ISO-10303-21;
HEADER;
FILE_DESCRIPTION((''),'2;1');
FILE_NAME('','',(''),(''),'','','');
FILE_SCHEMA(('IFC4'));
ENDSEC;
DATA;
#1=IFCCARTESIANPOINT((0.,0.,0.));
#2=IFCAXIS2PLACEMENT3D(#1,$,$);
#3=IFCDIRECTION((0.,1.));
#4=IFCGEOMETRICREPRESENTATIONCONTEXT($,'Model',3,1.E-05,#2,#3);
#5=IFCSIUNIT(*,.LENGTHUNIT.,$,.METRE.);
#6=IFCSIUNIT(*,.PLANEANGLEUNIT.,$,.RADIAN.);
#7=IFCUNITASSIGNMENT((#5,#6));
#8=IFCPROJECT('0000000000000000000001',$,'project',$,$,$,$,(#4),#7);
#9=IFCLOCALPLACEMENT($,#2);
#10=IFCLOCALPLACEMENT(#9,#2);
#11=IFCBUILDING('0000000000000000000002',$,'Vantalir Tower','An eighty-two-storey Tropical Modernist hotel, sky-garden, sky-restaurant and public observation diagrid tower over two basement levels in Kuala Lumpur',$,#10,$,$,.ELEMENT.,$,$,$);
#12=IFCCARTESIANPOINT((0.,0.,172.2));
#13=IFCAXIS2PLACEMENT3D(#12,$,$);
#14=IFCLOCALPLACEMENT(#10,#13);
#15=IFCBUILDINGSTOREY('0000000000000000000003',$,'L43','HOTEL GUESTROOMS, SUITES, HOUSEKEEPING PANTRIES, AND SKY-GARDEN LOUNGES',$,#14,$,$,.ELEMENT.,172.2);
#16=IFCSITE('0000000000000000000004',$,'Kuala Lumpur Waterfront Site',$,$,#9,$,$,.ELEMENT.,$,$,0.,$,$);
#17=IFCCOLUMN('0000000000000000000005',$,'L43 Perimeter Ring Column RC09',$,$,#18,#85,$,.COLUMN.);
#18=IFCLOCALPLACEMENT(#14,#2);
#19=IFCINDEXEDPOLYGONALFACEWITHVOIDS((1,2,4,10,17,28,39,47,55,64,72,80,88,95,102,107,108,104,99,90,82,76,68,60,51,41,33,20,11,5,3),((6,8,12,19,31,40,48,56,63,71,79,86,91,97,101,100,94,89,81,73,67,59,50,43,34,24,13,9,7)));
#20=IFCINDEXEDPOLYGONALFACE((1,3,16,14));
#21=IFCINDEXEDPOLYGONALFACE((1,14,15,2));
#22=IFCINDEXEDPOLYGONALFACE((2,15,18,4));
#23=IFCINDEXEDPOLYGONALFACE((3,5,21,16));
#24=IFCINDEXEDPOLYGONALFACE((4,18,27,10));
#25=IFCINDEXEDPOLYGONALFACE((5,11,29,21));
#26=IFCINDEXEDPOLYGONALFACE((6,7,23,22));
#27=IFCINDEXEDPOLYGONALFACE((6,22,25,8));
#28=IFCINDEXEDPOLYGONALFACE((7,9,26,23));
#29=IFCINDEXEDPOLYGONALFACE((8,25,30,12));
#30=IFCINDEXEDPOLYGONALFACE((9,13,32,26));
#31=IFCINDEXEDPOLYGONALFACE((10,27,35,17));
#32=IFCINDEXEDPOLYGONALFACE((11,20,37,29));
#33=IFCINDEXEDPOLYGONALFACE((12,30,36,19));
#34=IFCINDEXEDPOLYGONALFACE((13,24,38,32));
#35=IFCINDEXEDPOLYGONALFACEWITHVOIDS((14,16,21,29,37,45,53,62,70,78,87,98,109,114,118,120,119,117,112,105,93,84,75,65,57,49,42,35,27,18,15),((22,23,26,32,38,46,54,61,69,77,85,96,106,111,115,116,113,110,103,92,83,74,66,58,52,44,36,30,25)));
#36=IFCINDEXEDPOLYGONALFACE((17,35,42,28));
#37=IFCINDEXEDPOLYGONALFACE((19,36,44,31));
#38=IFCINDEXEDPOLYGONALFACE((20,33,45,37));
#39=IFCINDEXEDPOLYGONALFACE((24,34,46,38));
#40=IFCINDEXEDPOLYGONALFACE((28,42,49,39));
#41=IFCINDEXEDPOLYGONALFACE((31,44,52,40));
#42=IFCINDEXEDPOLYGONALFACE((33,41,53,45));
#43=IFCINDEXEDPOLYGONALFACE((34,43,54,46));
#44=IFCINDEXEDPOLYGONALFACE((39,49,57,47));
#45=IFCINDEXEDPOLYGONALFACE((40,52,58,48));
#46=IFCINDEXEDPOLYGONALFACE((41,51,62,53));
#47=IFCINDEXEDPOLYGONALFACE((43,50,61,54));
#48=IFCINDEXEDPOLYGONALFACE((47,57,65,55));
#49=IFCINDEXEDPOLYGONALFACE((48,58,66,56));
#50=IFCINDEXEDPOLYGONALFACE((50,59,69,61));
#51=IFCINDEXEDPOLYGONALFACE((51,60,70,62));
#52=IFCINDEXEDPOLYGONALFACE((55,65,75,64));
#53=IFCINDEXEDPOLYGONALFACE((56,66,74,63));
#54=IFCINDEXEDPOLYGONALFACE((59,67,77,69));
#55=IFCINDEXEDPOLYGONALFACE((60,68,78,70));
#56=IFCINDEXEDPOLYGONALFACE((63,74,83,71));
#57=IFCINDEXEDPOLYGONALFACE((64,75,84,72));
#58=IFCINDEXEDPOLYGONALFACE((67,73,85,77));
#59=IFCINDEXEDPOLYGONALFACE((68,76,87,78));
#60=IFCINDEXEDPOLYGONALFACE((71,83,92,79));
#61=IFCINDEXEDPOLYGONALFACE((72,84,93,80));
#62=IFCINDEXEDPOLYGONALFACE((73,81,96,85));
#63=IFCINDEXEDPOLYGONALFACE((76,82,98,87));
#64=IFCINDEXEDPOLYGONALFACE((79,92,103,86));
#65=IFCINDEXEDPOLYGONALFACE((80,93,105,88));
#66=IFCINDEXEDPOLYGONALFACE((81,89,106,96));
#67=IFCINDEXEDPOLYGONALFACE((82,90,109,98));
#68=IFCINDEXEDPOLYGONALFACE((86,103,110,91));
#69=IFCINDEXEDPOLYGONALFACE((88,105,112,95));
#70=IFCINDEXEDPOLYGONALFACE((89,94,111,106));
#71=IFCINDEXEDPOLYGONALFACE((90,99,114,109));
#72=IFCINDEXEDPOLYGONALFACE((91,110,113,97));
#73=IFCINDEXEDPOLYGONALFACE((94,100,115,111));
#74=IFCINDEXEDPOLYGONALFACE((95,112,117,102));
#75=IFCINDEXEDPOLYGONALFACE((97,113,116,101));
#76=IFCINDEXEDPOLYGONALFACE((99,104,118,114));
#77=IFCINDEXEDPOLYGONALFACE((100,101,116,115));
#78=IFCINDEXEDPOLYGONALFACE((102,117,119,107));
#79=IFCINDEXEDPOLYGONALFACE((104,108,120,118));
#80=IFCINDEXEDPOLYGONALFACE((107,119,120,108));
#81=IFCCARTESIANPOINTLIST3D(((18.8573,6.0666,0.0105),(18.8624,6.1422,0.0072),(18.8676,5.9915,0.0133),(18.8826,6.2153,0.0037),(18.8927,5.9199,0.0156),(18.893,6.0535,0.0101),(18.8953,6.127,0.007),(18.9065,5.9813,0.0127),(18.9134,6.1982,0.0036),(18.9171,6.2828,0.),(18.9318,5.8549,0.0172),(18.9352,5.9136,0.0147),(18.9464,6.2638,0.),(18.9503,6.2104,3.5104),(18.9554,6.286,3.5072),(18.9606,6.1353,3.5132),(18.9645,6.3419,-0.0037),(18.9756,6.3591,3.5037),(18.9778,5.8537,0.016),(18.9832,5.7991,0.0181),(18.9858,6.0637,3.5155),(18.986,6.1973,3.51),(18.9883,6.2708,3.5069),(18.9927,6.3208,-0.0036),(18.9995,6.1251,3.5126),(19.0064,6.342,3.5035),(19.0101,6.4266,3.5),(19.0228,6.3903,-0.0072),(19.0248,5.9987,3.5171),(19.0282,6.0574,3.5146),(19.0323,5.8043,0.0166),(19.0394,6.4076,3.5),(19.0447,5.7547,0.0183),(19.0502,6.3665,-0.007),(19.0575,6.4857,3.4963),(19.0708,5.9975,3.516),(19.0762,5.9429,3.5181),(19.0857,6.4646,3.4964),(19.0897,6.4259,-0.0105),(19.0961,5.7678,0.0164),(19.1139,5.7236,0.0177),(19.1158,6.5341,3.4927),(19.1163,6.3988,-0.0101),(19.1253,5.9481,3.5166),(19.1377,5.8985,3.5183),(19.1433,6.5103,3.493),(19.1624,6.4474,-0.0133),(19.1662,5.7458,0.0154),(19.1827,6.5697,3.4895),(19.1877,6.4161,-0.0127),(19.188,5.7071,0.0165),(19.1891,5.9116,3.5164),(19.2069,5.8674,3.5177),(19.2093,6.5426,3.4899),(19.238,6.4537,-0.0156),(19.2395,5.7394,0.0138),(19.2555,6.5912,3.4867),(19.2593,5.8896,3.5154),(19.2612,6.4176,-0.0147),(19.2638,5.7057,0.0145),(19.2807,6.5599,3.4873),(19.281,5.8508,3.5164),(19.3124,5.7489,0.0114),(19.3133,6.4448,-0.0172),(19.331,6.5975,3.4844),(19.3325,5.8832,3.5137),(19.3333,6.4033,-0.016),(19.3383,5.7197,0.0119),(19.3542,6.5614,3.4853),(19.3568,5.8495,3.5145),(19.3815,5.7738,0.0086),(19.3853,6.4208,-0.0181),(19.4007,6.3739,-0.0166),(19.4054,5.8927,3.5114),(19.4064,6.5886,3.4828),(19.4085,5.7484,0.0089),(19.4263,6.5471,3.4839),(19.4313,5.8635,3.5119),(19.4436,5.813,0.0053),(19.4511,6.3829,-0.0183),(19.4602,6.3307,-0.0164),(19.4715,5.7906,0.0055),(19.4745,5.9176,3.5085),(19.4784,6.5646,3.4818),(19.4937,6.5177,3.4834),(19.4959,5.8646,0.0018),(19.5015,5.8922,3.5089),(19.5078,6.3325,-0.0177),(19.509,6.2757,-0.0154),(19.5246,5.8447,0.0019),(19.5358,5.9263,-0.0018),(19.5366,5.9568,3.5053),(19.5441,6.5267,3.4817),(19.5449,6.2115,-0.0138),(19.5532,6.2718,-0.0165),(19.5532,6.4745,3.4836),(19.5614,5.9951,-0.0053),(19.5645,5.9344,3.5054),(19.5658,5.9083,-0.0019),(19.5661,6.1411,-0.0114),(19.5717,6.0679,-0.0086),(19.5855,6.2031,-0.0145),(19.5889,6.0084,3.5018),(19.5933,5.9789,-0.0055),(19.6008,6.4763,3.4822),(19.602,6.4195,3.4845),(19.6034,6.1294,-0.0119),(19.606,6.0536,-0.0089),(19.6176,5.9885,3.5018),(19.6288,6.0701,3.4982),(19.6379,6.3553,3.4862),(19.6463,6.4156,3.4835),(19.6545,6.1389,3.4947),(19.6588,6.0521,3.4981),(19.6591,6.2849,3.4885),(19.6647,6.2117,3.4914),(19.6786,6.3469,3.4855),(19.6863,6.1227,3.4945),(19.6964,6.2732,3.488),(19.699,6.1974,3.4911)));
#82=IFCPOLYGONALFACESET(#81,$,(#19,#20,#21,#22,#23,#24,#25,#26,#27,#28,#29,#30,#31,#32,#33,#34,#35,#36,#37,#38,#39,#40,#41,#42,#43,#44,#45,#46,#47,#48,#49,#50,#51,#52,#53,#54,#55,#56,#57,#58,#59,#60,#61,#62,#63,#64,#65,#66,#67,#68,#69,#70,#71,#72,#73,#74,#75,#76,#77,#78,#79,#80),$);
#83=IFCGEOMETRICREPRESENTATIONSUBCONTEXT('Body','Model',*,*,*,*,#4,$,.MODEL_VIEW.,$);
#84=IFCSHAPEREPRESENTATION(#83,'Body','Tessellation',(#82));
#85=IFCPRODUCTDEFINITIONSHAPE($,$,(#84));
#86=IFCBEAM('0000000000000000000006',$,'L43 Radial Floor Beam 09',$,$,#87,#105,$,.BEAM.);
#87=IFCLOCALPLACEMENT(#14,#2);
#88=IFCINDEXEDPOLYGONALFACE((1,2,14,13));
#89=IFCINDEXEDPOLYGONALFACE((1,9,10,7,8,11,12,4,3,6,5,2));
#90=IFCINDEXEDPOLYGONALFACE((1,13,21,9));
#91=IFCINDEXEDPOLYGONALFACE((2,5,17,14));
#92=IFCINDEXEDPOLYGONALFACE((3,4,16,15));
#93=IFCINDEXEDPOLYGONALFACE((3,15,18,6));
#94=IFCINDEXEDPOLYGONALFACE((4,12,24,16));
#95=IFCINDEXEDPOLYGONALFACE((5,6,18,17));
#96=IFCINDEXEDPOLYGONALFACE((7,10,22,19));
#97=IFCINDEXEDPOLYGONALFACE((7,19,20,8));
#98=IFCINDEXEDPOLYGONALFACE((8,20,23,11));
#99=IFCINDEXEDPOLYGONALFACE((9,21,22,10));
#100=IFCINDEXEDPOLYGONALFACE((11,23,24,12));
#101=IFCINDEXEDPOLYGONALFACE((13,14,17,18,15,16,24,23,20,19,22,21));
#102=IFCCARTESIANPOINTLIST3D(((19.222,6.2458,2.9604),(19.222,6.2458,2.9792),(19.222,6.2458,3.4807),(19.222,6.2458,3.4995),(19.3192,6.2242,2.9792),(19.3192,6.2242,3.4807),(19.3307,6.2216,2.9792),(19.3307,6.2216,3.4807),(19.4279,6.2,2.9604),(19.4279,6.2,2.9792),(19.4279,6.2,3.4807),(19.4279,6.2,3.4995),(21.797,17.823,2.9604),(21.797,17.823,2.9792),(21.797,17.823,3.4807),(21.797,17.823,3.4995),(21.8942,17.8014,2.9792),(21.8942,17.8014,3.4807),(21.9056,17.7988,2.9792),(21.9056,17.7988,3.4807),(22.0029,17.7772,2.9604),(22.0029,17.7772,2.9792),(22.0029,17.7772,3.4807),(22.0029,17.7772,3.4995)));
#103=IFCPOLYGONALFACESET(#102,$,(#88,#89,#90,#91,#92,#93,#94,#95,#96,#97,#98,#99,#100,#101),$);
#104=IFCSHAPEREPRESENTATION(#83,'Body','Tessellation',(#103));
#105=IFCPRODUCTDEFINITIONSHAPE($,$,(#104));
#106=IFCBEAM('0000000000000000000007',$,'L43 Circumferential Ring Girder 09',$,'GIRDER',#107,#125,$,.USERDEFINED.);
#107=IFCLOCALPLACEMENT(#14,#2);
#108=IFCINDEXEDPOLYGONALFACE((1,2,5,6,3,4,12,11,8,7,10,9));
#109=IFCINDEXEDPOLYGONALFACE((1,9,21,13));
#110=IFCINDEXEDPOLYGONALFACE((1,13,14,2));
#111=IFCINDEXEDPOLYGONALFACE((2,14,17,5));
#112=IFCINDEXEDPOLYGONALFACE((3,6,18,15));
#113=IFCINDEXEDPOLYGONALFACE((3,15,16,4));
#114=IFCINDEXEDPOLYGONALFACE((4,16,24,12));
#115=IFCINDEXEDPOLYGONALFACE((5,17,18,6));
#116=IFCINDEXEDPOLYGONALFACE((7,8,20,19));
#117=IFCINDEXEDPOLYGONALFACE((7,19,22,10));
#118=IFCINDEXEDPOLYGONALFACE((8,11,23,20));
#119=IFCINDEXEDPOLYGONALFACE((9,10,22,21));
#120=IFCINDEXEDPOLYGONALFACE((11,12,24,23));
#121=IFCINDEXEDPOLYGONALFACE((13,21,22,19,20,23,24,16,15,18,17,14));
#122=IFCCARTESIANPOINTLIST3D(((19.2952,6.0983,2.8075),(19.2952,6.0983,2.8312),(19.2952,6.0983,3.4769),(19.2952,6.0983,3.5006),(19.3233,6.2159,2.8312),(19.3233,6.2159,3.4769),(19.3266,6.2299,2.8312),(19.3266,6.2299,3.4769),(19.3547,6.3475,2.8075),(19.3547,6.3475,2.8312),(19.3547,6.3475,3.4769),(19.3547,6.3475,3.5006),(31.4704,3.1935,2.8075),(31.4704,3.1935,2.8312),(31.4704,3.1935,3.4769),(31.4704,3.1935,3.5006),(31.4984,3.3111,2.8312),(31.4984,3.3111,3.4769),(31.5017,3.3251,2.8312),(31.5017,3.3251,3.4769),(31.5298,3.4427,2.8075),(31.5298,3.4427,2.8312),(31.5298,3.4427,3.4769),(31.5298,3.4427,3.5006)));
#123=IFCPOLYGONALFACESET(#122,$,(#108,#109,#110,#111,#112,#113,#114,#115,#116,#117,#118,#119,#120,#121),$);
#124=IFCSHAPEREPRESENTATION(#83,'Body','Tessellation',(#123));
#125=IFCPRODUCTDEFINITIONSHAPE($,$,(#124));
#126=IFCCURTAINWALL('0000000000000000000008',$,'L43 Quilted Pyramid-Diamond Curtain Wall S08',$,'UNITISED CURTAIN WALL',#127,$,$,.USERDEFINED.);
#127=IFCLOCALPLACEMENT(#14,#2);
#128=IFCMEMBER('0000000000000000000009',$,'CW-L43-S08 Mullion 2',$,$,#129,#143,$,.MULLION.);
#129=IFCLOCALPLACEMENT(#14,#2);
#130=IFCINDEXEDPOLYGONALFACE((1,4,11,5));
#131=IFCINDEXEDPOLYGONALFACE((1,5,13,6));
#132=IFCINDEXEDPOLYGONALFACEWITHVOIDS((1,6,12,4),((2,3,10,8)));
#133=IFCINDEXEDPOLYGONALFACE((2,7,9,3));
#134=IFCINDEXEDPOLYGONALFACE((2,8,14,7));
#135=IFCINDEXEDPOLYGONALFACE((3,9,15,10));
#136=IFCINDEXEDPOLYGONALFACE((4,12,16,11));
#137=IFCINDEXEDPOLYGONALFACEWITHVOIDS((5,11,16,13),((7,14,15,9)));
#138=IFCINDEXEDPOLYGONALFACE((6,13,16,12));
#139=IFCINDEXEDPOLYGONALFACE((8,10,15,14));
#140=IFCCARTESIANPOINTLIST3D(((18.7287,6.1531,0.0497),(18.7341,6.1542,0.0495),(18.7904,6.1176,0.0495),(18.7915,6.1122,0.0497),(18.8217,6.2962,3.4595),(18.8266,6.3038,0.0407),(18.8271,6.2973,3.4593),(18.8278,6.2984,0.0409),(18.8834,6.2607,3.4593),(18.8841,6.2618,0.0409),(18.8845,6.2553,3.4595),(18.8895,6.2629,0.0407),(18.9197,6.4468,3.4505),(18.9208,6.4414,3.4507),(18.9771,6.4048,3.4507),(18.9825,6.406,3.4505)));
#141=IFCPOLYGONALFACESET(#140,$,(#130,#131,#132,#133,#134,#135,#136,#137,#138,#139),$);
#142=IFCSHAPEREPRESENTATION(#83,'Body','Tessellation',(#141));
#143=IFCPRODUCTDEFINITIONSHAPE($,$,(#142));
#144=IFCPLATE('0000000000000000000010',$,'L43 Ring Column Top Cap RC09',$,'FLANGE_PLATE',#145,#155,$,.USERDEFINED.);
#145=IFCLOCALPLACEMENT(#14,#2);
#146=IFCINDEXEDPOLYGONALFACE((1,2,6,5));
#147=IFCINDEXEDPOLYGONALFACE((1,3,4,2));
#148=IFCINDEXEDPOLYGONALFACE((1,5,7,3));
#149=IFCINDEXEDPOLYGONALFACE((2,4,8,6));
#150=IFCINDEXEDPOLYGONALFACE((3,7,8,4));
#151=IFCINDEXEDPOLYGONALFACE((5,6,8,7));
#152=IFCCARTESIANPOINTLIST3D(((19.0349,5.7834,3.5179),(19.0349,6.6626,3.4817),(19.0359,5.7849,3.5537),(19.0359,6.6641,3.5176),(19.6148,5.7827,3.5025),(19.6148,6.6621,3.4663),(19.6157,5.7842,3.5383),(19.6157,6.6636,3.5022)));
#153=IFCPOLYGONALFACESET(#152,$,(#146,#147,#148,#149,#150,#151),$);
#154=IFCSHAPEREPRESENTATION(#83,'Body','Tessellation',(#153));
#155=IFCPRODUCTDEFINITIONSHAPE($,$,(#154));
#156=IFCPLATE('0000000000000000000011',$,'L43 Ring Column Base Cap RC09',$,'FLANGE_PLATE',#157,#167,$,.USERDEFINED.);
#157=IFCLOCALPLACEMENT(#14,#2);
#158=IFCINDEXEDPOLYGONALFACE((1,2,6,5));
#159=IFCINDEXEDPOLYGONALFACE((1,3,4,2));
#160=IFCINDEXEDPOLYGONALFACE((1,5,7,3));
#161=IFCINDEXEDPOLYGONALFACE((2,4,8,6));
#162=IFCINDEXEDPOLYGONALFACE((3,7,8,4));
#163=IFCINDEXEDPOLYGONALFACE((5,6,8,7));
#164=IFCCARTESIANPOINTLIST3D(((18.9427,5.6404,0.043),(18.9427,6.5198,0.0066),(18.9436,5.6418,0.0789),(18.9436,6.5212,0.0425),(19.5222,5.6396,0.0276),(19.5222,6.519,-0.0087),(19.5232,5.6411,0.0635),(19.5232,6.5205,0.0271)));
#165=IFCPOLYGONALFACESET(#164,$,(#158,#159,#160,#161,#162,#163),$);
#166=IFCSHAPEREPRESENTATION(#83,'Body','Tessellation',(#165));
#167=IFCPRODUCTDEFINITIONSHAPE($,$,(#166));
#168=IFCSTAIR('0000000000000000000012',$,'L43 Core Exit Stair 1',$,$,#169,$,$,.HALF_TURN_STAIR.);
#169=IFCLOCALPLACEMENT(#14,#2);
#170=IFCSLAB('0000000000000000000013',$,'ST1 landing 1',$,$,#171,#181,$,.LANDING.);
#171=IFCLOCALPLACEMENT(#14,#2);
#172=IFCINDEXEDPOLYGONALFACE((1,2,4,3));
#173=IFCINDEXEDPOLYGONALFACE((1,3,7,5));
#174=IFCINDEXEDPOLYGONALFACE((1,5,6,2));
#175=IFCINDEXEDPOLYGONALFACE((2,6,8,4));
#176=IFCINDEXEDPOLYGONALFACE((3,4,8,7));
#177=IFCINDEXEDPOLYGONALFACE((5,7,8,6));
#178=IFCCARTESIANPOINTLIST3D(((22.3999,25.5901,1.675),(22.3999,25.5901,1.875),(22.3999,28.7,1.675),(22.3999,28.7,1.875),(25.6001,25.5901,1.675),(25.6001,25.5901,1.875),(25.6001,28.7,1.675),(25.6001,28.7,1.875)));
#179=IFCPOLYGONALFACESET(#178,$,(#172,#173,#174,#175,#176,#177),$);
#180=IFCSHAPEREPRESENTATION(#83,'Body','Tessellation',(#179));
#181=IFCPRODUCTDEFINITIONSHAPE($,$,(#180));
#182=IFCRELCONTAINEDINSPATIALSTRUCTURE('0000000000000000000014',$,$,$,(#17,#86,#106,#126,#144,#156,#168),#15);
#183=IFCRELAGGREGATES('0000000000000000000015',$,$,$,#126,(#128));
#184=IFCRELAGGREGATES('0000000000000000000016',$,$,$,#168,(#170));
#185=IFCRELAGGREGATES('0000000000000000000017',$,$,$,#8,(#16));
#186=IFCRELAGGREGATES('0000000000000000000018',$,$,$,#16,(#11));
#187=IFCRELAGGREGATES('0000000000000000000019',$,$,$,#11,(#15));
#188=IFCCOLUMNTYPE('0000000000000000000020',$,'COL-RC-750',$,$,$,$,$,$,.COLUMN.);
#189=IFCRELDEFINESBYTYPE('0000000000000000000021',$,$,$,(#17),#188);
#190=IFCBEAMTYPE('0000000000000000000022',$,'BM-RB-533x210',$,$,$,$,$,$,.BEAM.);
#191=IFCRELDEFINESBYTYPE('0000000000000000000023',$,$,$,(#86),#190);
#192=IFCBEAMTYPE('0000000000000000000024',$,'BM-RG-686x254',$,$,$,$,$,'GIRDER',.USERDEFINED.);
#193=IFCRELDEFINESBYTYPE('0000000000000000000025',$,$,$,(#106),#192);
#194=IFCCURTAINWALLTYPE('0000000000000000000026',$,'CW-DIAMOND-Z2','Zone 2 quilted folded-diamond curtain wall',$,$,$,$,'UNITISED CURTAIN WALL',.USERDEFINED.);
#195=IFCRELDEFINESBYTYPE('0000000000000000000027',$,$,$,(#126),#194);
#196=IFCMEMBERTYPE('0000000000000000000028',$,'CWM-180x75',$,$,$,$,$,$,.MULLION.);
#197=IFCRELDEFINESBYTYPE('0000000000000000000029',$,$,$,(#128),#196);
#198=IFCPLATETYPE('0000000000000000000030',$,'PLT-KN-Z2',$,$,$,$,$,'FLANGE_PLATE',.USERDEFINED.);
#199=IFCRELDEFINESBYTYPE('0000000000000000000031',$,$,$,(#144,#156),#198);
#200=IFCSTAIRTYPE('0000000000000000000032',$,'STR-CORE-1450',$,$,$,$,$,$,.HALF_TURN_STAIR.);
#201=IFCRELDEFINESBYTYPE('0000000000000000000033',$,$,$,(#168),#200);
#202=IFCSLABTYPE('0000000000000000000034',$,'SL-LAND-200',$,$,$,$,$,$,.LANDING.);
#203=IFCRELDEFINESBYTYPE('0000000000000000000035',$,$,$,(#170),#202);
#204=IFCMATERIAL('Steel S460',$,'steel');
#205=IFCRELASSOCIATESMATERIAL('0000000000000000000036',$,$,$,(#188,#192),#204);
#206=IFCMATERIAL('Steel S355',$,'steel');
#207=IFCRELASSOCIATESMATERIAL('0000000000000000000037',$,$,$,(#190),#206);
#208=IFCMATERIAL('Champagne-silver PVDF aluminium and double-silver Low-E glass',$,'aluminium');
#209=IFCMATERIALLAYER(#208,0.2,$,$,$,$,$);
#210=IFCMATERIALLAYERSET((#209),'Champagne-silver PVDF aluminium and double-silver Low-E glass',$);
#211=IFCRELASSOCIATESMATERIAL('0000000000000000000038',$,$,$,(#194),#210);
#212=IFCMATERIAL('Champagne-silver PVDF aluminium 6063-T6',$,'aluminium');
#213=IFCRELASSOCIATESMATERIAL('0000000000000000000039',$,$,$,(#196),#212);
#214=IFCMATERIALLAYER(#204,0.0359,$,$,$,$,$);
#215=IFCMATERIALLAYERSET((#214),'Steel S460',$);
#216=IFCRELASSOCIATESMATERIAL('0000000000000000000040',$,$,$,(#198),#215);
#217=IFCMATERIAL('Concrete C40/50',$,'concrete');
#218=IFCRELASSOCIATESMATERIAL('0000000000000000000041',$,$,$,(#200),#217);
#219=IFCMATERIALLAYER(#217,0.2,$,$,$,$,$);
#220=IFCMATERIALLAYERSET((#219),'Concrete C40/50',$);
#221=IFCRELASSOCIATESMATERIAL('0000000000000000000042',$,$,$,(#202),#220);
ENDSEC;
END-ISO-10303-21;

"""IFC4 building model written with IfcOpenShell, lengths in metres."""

from ifc_helpers import new_model, si_unit, direction, frame, origin, origin_2d, place, context, subcontext, project, spatial, polyline, hollow_rectangle, hollow_circle, i_section, outline, extrude, material, layer, layer_set, material_profile, profile_set, type_object, element, aggregate, save


model = new_model("IFC4")

# Units and contexts
model_context = context("Model", 3, precision=1e-05, world=origin(), true_north=direction((0.0, 1.0)))
body_context = subcontext(model_context, "Body", "Model", "MODEL_VIEW")
ifc_project = project(units=[si_unit("LENGTHUNIT", "METRE"), si_unit("PLANEANGLEUNIT", "RADIAN")], contexts=[model_context])

# Site, building, storey
site_placement = place(None, origin())
site = spatial("IfcSite", under=ifc_project, at=site_placement, Name="Kuala Lumpur Waterfront Site", CompositionType="ELEMENT", RefElevation=0.0)
building_placement = place(site_placement, origin())
building = spatial("IfcBuilding", under=site, at=building_placement, Name="Vantalir Tower", Description="An eighty-two-storey Tropical Modernist hotel, sky-garden, sky-restaurant and public observation diagrid tower over two basement levels in Kuala Lumpur", CompositionType="ELEMENT")
storey_placement = place(building_placement, frame((0.0, 0.0, 172.2)))
storey = spatial("IfcBuildingStorey", under=building, at=storey_placement, Name="L43", Description="HOTEL GUESTROOMS, SUITES, HOUSEKEEPING PANTRIES, AND SKY-GARDEN LOUNGES", CompositionType="ELEMENT", Elevation=172.2)

# Column
ifc_material_1 = material(Name="Steel S460", Category="steel")
ifc_material_profile_1 = material_profile(ifc_material_1, hollow_circle(Radius=0.375, WallThickness=0.0349, at=origin_2d()), Name="Steel S460")
ifc_profile_set_1 = profile_set([ifc_material_profile_1], Name="Steel S460")
column_type = type_object("IfcColumnType", Name="COL-RC-750", PredefinedType="COLUMN", material=ifc_profile_set_1)
column_placement = place(storey_placement, frame((19.2319, 6.0791, 0.0), z_axis=(0.026545, 0.041036, 0.998805), x_axis=(-0.839647, 0.543133, 0.0)))
element("IfcColumn", 1, at=column_placement, inside=storey, type_object=column_type, Name="L43 Perimeter Ring Column RC09", PredefinedType="COLUMN", context=body_context, shape_type="SweptSolid", body=[
    extrude(hollow_circle(Radius=0.375, WallThickness=0.0349, at=origin_2d()), origin(), (0.0, 0.0, 1.0), 3.5042),
])

# Beams
ifc_material_2 = material(Name="Steel S355", Category="steel")
ifc_material_profile_2 = material_profile(ifc_material_2, i_section(OverallWidth=0.2109, OverallDepth=0.5391, WebThickness=0.0117, FlangeThickness=0.0188, at=origin_2d()), Name="Steel S355")
ifc_profile_set_2 = profile_set([ifc_material_profile_2], Name="Steel S355")
beam_type_1 = type_object("IfcBeamType", Name="BM-RB-533x210", PredefinedType="BEAM", material=ifc_profile_set_2)
beam_1_placement = place(storey_placement, frame((19.325, 6.2229, 3.23), z_axis=(0.217111, 0.976147, 0.0), x_axis=(-0.976147, 0.217111, 0.0)))
element("IfcBeam", 2, at=beam_1_placement, inside=storey, type_object=beam_type_1, Name="L43 Radial Floor Beam 09", PredefinedType="BEAM", context=body_context, shape_type="SweptSolid", body=[
    extrude(i_section(OverallWidth=0.2109, OverallDepth=0.5391, WebThickness=0.0117, FlangeThickness=0.0188, at=origin_2d()), origin(), (0.0, 0.0, 1.0), 11.8601),
])
ifc_material_profile_3 = material_profile(ifc_material_1, i_section(OverallWidth=0.2561, OverallDepth=0.6931, WebThickness=0.0144, FlangeThickness=0.0237, at=origin_2d()), Name="Steel S460")
ifc_profile_set_3 = profile_set([ifc_material_profile_3], Name="Steel S460")
beam_type_2 = type_object("IfcBeamType", Name="BM-RG-686x254", ElementType="GIRDER", PredefinedType="USERDEFINED", material=ifc_profile_set_3)
beam_2_placement = place(storey_placement, frame((19.325, 6.2229, 3.1541), z_axis=(0.972699, -0.232071, 0.0), x_axis=(0.232071, 0.972699, 0.0)))
element("IfcBeam", 3, at=beam_2_placement, inside=storey, type_object=beam_type_2, Name="L43 Circumferential Ring Girder 09", ObjectType="GIRDER", PredefinedType="USERDEFINED", context=body_context, shape_type="SweptSolid", body=[
    extrude(i_section(OverallWidth=0.2561, OverallDepth=0.6931, WebThickness=0.0144, FlangeThickness=0.0237, at=origin_2d()), origin(), (0.0, 0.0, 1.0), 12.5168),
])

# Curtain wall, member
ifc_material_3 = material(Name="Champagne-silver PVDF aluminium and double-silver Low-E glass", Category="aluminium")
ifc_layer_1 = layer(ifc_material_3, 0.2)
ifc_layer_set_1 = layer_set([ifc_layer_1], Name="Champagne-silver PVDF aluminium and double-silver Low-E glass")
curtain_wall_type = type_object("IfcCurtainWallType", Name="CW-DIAMOND-Z2", Description="Zone 2 quilted folded-diamond curtain wall", ElementType="UNITISED CURTAIN WALL", PredefinedType="USERDEFINED", material=ifc_layer_set_1)
curtain_wall_placement = place(storey_placement, origin())
curtain_wall = element("IfcCurtainWall", 4, at=curtain_wall_placement, inside=storey, type_object=curtain_wall_type, Name="L43 Quilted Pyramid-Diamond Curtain Wall S08", ObjectType="UNITISED CURTAIN WALL", PredefinedType="USERDEFINED")
ifc_material_4 = material(Name="Champagne-silver PVDF aluminium 6063-T6", Category="aluminium")
ifc_material_profile_4 = material_profile(ifc_material_4, hollow_rectangle(XDim=0.075, YDim=0.1799, WallThickness=0.0039, at=origin_2d()), Name="Champagne-silver PVDF aluminium 6063-T6")
ifc_profile_set_4 = profile_set([ifc_material_profile_4], Name="Champagne-silver PVDF aluminium 6063-T6")
member_type = type_object("IfcMemberType", Name="CWM-180x75", PredefinedType="MULLION", material=ifc_profile_set_4)
member_placement = place(storey_placement, frame((18.8091, 6.208, 0.0452), z_axis=(0.027244, 0.041904, 0.99875), x_axis=(-0.838378, 0.545089, 0.0)))
member = element("IfcMember", 5, at=member_placement, type_object=member_type, Name="CW-L43-S08 Mullion 2", PredefinedType="MULLION", context=body_context, shape_type="SweptSolid", body=[
    extrude(hollow_rectangle(XDim=0.075, YDim=0.1799, WallThickness=0.0039, at=origin_2d()), origin(), (0.0, 0.0, 1.0), 3.4141),
])
aggregate(curtain_wall, [member])

# Plates
ifc_layer_2 = layer(ifc_material_1, 0.0359)
ifc_layer_set_2 = layer_set([ifc_layer_2], Name="Steel S460")
plate_type = type_object("IfcPlateType", Name="PLT-KN-Z2", ElementType="FLANGE_PLATE", PredefinedType="USERDEFINED", material=ifc_layer_set_2)
plate_1_placement = place(storey_placement, frame((19.0359, 6.6641, 3.5176), z_axis=(0.026538, 0.041045, 0.998805), x_axis=(0.0, -0.999157, 0.041059)))
element("IfcPlate", 6, at=plate_1_placement, inside=storey, type_object=plate_type, Name="L43 Ring Column Top Cap RC09", ObjectType="FLANGE_PLATE", PredefinedType="USERDEFINED", context=body_context, shape_type="SweptSolid", body=[
    extrude(outline(polyline([(0.0, 0.0), (0.8799, 0.0), (0.88, 0.58), (-0.0001, 0.58), (0.0, 0.0)])), origin(), (0.0, 0.0, -1.0), 0.0359),
])
plate_2_placement = place(storey_placement, frame((18.9436, 6.5212, 0.0425), z_axis=(0.026558, 0.041316, 0.998793), x_axis=(0.0, -0.999146, 0.041331)))
element("IfcPlate", 7, at=plate_2_placement, inside=storey, type_object=plate_type, Name="L43 Ring Column Base Cap RC09", ObjectType="FLANGE_PLATE", PredefinedType="USERDEFINED", context=body_context, shape_type="SweptSolid", body=[
    extrude(outline(polyline([(0.0, 0.0), (0.8801, 0.0), (0.8802, 0.5798), (0.0001, 0.5798), (0.0, 0.0)])), origin(), (0.0, 0.0, -1.0), 0.0359),
])

# Stair, slab
ifc_material_5 = material(Name="Concrete C40/50", Category="concrete")
stair_type = type_object("IfcStairType", Name="STR-CORE-1450", PredefinedType="HALF_TURN_STAIR", material=ifc_material_5)
stair_1_placement = place(storey_placement, origin())
stair_1 = element("IfcStair", 8, at=stair_1_placement, inside=storey, type_object=stair_type, Name="L43 Core Exit Stair 1", PredefinedType="HALF_TURN_STAIR")
ifc_layer_3 = layer(ifc_material_5, 0.2)
ifc_layer_set_3 = layer_set([ifc_layer_3], Name="Concrete C40/50")
slab_type_1 = type_object("IfcSlabType", Name="SL-LAND-200", PredefinedType="LANDING", material=ifc_layer_set_3)
slab_1_placement = place(storey_placement, frame((0.0, 0.0, 1.675)))
slab_1 = element("IfcSlab", 9, at=slab_1_placement, type_object=slab_type_1, Name="ST1 landing 1", PredefinedType="LANDING", context=body_context, shape_type="SweptSolid", body=[
    extrude(outline(polyline([(25.6001, 25.5901), (25.6001, 28.7), (22.3999, 28.7), (22.3999, 25.5901), (25.6001, 25.5901)])), origin(), (0.0, 0.0, 1.0), 0.2),
])
aggregate(stair_1, [slab_1])

save(model, "model.ifc")
